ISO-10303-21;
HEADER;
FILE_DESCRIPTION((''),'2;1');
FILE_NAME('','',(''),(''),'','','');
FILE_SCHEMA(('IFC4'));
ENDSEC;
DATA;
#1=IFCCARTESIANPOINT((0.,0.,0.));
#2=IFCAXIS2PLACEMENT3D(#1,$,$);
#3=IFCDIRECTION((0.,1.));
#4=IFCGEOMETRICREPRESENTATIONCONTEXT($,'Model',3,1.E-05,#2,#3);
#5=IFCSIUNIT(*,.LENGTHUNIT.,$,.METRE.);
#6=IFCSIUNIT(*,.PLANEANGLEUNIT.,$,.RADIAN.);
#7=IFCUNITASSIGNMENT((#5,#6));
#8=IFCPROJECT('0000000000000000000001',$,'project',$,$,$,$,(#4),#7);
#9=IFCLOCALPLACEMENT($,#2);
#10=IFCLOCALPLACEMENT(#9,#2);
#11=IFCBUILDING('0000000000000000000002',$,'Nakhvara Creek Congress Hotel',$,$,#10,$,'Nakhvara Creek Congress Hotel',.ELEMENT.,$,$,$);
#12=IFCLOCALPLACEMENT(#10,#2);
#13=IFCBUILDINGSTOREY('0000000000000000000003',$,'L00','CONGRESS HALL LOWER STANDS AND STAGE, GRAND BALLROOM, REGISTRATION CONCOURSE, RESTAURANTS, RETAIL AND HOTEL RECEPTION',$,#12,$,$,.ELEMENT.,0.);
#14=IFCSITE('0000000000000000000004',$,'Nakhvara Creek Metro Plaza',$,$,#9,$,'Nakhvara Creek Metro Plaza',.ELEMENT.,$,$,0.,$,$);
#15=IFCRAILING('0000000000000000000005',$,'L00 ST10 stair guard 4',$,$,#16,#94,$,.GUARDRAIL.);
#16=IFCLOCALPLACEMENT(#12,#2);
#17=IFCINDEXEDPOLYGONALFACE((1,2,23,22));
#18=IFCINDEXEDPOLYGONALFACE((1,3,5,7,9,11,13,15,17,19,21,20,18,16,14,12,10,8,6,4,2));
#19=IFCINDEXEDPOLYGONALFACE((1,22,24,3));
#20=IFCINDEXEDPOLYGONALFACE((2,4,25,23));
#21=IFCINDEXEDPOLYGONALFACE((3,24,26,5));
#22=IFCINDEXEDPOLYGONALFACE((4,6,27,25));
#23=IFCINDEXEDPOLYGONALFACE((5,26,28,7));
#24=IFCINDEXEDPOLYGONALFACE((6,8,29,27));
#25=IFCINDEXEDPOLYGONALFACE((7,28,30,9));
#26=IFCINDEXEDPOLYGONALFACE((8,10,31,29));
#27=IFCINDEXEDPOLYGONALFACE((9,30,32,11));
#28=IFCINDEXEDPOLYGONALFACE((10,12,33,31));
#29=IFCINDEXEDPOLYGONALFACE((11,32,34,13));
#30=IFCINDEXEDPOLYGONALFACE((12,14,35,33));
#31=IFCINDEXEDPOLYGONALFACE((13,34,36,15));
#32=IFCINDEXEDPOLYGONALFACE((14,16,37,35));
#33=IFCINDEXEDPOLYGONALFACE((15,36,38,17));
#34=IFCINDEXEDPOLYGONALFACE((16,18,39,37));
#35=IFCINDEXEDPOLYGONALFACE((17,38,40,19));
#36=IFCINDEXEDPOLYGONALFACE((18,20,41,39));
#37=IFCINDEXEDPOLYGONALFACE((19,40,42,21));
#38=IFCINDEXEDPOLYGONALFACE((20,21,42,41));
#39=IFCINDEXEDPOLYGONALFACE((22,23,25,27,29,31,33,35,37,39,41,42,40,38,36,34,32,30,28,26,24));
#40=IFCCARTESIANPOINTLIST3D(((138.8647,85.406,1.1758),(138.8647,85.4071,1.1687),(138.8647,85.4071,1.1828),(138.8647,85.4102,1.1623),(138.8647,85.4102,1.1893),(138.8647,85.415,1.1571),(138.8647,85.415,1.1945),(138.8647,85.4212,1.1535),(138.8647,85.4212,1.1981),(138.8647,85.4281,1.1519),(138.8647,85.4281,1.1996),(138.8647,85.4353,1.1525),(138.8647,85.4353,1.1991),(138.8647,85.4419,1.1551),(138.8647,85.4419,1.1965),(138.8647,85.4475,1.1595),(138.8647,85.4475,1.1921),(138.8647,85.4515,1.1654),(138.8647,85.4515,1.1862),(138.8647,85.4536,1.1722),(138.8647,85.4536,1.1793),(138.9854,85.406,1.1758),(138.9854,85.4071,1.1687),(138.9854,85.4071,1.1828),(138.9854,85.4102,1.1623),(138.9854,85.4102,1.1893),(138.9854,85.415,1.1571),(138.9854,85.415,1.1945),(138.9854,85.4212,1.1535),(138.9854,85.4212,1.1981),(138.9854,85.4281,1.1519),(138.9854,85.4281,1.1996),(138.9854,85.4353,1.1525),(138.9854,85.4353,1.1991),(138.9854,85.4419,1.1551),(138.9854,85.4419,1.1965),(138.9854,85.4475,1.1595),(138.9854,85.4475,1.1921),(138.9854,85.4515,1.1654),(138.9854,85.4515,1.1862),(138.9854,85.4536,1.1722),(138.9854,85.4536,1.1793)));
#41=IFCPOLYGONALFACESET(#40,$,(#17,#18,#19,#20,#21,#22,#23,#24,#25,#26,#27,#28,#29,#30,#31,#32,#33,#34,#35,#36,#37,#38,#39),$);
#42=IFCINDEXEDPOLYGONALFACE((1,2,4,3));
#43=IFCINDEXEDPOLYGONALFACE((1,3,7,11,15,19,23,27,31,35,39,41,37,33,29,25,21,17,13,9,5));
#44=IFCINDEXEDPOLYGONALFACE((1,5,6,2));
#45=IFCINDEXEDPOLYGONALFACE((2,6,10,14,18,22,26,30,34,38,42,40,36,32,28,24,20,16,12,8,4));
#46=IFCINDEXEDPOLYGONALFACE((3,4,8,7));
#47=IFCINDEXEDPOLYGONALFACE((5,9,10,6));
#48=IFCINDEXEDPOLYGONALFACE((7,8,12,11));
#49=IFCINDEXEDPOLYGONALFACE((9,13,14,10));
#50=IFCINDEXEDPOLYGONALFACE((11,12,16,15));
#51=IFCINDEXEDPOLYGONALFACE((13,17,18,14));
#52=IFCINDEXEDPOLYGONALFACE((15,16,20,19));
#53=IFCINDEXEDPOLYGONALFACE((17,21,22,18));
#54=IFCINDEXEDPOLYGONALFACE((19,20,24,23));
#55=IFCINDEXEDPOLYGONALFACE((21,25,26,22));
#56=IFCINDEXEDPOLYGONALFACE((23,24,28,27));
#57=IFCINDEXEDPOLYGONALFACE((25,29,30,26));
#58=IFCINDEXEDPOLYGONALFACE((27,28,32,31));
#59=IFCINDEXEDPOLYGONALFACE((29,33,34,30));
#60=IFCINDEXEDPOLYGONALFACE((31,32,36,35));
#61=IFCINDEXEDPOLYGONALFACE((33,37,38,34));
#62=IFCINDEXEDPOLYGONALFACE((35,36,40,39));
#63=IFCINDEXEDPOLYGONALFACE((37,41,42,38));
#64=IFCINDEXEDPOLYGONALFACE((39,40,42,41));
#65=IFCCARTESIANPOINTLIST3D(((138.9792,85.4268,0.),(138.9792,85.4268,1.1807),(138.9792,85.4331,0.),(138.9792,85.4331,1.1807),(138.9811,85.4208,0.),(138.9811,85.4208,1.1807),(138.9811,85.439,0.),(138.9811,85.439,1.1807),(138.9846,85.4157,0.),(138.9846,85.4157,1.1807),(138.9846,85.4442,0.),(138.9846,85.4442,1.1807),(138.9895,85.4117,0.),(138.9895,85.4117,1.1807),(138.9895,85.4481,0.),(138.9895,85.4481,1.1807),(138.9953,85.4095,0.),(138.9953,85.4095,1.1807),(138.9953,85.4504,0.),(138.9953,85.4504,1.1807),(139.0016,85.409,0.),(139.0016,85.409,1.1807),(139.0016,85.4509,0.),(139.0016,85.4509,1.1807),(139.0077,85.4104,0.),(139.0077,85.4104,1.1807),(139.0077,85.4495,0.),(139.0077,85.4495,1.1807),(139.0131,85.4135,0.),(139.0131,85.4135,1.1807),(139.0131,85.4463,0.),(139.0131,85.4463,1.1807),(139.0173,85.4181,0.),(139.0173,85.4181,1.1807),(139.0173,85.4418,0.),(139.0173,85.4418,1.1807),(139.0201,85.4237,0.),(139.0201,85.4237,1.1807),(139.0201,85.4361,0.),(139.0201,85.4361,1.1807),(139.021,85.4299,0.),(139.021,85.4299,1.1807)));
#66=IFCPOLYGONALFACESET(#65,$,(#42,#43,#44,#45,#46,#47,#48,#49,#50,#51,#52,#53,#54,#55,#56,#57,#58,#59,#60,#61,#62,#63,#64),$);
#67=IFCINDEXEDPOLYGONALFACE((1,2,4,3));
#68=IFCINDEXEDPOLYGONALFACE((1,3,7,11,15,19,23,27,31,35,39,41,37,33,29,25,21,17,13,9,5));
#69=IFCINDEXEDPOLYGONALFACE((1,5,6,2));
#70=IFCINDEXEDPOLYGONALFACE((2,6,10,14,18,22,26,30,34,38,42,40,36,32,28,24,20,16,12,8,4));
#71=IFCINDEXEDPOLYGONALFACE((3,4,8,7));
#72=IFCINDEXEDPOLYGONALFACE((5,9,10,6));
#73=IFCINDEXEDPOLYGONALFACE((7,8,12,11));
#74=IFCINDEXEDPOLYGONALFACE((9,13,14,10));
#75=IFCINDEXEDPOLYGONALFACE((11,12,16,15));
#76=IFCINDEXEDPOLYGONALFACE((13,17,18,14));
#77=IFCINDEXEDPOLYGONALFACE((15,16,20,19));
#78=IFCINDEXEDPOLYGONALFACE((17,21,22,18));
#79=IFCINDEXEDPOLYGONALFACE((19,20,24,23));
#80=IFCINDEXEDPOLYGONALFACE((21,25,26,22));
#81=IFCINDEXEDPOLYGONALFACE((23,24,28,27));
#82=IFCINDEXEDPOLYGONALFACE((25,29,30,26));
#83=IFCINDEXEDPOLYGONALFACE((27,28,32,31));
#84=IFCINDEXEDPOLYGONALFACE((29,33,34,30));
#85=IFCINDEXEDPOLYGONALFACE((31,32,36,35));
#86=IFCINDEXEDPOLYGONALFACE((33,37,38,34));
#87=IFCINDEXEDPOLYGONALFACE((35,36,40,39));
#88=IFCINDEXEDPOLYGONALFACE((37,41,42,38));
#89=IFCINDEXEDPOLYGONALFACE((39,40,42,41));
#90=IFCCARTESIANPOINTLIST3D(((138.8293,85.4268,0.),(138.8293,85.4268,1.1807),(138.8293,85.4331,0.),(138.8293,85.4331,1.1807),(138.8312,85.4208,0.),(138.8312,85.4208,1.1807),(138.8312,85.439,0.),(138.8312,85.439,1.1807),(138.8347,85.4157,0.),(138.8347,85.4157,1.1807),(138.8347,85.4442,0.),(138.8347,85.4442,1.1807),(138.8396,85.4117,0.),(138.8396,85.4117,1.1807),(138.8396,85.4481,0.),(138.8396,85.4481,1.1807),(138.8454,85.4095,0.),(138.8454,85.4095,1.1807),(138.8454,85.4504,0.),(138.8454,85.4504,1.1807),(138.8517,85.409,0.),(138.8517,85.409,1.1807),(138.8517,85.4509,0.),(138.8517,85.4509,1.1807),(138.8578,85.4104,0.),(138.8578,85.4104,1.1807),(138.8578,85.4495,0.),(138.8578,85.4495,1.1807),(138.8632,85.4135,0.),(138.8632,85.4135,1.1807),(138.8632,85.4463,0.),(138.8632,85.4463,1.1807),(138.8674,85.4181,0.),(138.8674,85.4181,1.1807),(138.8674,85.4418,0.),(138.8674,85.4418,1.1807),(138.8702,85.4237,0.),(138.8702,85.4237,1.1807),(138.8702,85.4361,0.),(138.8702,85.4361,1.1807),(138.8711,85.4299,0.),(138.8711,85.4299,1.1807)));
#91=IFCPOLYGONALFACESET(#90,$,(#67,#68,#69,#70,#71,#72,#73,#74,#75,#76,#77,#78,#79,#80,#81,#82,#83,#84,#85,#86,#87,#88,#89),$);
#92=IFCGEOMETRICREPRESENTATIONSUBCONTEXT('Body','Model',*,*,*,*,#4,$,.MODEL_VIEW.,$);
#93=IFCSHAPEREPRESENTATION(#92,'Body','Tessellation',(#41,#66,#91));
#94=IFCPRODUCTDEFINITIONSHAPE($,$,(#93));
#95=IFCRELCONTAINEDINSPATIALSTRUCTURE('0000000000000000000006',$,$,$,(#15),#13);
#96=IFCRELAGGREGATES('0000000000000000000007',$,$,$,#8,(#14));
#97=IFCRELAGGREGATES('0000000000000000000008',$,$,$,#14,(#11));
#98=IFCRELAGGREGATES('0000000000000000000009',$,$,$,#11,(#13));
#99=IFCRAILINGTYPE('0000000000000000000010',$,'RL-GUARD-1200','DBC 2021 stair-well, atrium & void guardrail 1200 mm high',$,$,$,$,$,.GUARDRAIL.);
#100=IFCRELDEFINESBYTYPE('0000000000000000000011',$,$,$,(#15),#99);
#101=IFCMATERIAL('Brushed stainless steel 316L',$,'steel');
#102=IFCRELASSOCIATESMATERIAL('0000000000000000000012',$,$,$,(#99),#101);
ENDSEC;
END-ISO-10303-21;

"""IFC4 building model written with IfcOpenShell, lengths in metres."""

from ifc_helpers import new_model, si_unit, direction, frame, origin, origin_2d, place, context, subcontext, project, spatial, circle, extrude, material, type_object, element, save


model = new_model("IFC4")

# Units and contexts
model_context = context("Model", 3, precision=1e-05, world=origin(), true_north=direction((0.0, 1.0)))
body_context = subcontext(model_context, "Body", "Model", "MODEL_VIEW")
ifc_project = project(units=[si_unit("LENGTHUNIT", "METRE"), si_unit("PLANEANGLEUNIT", "RADIAN")], contexts=[model_context])

# Site, building, storey
site_placement = place(None, origin())
site = spatial("IfcSite", under=ifc_project, at=site_placement, Name="Nakhvara Creek Metro Plaza", LongName="Nakhvara Creek Metro Plaza", CompositionType="ELEMENT", RefElevation=0.0)
building_placement = place(site_placement, origin())
building = spatial("IfcBuilding", under=site, at=building_placement, Name="Nakhvara Creek Congress Hotel", LongName="Nakhvara Creek Congress Hotel", CompositionType="ELEMENT")
storey_placement = place(building_placement, origin())
storey = spatial("IfcBuildingStorey", under=building, at=storey_placement, Name="L00", Description="CONGRESS HALL LOWER STANDS AND STAGE, GRAND BALLROOM, REGISTRATION CONCOURSE, RESTAURANTS, RETAIL AND HOTEL RECEPTION", CompositionType="ELEMENT", Elevation=0.0)

# Railing
ifc_material_1 = material(Name="Brushed stainless steel 316L", Category="steel")
railing_type_1 = type_object("IfcRailingType", Name="RL-GUARD-1200", Description="DBC 2021 stair-well, atrium & void guardrail 1200 mm high", PredefinedType="GUARDRAIL", material=ifc_material_1)
railing_1_placement = place(storey_placement, frame((139.0, 85.4299, 0.0)))
element("IfcRailing", 1, at=railing_1_placement, inside=storey, type_object=railing_type_1, Name="L00 ST10 stair guard 4", PredefinedType="GUARDRAIL", context=body_context, shape_type="SweptSolid", body=[
    extrude(circle(Radius=0.0239, at=origin_2d()), frame((-0.0146, 0.0, 1.1758), z_axis=(-1.0, 0.0, 0.0), x_axis=(0.0, -1.0, 0.0)), (0.0, 0.0, 1.0), 0.1206),
    extrude(circle(Radius=0.021, at=origin_2d()), origin(), (0.0, 0.0, 1.0), 1.1807),
    extrude(circle(Radius=0.021, at=origin_2d()), frame((-0.1499, 0.0, 0.0)), (0.0, 0.0, 1.0), 1.1807),
])

save(model, "model.ifc")
